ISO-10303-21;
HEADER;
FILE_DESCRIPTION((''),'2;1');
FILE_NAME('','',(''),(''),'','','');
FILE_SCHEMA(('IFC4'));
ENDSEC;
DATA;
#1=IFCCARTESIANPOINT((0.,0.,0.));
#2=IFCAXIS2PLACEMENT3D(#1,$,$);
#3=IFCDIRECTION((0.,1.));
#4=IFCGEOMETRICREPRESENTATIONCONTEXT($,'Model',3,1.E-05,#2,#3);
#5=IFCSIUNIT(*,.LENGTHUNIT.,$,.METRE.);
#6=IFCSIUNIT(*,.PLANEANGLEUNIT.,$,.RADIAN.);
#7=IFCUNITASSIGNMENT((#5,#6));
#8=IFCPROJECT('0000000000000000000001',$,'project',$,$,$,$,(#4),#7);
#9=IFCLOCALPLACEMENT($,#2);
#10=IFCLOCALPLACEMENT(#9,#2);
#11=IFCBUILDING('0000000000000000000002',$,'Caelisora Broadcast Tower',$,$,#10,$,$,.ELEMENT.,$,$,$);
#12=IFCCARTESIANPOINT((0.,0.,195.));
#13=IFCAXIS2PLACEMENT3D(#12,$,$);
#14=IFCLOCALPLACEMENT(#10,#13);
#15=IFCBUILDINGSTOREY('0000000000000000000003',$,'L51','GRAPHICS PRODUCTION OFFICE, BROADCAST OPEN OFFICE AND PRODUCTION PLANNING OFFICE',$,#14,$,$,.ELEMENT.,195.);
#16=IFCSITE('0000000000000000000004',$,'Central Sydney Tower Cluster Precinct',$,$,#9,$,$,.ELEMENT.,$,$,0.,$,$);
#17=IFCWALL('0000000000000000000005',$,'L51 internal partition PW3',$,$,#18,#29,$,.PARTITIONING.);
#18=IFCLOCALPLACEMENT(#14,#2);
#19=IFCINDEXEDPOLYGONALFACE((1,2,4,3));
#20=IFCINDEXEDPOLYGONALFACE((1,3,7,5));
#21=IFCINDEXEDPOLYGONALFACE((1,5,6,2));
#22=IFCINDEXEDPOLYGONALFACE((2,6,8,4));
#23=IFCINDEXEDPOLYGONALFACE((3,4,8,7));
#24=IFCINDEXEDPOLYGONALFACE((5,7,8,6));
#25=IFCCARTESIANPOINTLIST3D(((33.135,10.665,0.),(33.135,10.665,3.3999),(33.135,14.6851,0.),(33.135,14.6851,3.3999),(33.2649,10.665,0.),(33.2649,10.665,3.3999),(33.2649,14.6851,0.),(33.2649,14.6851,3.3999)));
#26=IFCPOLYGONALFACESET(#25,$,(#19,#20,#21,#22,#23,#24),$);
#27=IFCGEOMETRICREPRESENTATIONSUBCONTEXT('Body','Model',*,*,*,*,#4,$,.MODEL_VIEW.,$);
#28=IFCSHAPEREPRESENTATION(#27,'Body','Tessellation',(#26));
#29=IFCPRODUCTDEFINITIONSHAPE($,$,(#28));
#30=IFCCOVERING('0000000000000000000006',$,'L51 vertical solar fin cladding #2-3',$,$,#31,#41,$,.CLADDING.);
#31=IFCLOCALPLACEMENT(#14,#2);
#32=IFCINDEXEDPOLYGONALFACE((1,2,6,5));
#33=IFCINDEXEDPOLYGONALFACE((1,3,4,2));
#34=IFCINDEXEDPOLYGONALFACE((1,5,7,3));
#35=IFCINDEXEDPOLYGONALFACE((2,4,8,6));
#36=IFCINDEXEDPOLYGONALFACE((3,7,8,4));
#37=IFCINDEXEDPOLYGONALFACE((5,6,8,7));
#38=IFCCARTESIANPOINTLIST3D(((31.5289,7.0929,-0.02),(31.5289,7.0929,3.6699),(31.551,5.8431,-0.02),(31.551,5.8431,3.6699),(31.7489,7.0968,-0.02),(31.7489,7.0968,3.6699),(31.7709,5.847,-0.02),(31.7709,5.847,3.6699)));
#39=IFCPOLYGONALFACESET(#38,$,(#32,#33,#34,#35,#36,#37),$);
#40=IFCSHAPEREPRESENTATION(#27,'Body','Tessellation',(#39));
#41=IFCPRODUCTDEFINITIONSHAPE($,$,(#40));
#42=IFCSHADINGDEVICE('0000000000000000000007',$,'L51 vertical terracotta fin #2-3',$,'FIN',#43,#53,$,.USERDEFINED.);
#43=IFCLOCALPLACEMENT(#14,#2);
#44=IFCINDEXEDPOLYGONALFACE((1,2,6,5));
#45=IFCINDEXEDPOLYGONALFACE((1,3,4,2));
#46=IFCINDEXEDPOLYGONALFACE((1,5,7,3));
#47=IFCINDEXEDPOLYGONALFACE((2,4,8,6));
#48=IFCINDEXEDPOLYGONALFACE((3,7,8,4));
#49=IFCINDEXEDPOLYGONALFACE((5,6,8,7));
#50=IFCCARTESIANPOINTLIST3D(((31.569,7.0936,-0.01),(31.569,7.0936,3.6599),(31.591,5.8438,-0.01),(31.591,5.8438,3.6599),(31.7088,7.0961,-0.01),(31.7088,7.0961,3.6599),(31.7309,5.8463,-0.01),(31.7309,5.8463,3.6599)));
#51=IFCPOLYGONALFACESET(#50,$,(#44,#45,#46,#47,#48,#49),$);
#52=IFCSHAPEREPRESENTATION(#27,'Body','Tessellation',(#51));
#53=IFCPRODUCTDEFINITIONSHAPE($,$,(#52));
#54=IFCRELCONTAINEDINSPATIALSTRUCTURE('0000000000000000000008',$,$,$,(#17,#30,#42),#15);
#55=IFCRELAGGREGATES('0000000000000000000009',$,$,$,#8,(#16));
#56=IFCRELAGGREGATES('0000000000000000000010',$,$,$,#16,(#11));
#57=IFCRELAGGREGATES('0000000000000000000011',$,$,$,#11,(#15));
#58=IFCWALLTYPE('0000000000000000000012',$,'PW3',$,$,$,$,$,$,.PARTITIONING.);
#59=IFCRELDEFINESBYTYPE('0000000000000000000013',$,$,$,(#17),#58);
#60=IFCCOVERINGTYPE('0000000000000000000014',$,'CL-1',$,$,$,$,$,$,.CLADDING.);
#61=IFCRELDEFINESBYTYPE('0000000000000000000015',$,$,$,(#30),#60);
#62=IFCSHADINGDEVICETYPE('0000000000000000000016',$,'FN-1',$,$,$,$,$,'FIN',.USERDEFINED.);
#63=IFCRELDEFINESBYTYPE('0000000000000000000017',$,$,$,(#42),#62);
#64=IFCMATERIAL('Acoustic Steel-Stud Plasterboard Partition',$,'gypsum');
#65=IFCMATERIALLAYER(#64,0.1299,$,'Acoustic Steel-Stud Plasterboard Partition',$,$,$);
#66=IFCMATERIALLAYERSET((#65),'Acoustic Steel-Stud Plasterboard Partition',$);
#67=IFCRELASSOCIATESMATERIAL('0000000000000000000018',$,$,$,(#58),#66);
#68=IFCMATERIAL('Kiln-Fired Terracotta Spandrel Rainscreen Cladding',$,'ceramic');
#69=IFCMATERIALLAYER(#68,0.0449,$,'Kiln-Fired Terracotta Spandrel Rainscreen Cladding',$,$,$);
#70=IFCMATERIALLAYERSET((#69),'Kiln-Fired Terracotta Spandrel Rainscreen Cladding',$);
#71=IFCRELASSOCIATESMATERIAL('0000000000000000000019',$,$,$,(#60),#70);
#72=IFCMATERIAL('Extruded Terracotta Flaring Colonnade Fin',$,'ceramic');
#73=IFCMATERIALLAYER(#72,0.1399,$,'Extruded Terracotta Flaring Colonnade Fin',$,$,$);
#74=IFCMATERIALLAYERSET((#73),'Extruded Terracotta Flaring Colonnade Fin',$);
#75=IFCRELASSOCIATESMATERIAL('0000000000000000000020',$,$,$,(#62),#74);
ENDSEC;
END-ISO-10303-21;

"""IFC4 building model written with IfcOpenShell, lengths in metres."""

from ifc_helpers import new_model, si_unit, direction, frame, frame_2d, origin, origin_2d, place, context, subcontext, project, spatial, rectangle, extrude, source, transform, mapped, material, layer, layer_set, type_object, type_shapes, element, save


model = new_model("IFC4")

# Units and contexts
model_context = context("Model", 3, precision=1e-05, world=origin(), true_north=direction((0.0, 1.0)))
body_context = subcontext(model_context, "Body", "Model", "MODEL_VIEW")
ifc_project = project(units=[si_unit("LENGTHUNIT", "METRE"), si_unit("PLANEANGLEUNIT", "RADIAN")], contexts=[model_context])

# Site, building, storey
site_placement = place(None, origin())
site = spatial("IfcSite", under=ifc_project, at=site_placement, Name="Central Sydney Tower Cluster Precinct", CompositionType="ELEMENT", RefElevation=0.0)
building_placement = place(site_placement, origin())
building = spatial("IfcBuilding", under=site, at=building_placement, Name="Caelisora Broadcast Tower", CompositionType="ELEMENT")
storey_placement = place(building_placement, frame((0.0, 0.0, 195.0)))
storey = spatial("IfcBuildingStorey", under=building, at=storey_placement, Name="L51", Description="GRAPHICS PRODUCTION OFFICE, BROADCAST OPEN OFFICE AND PRODUCTION PLANNING OFFICE", CompositionType="ELEMENT", Elevation=195.0)

# Shared definitions
ifc_material_1 = material(Name="Acoustic Steel-Stud Plasterboard Partition", Category="gypsum")
ifc_layer_1 = layer(ifc_material_1, 0.1299, Name="Acoustic Steel-Stud Plasterboard Partition")
ifc_layer_set_1 = layer_set([ifc_layer_1], Name="Acoustic Steel-Stud Plasterboard Partition")
wall_type = type_object("IfcWallType", Name="PW3", PredefinedType="PARTITIONING", material=ifc_layer_set_1)

# Wall
wall_1_placement = place(storey_placement, frame((33.2, 10.665, 0.0), z_axis=(0.0, 0.0, 1.0), x_axis=(0.0, 1.0, 0.0)))
element("IfcWall", 1, at=wall_1_placement, inside=storey, type_object=wall_type, Name="L51 internal partition PW3", PredefinedType="PARTITIONING", context=body_context, shape_type="SweptSolid", body=[
    extrude(rectangle(XDim=4.02, YDim=0.1299, at=frame_2d((2.01, 0.0))), origin(), (0.0, 0.0, 1.0), 3.3999),
])

# Covering
ifc_material_2 = material(Name="Kiln-Fired Terracotta Spandrel Rainscreen Cladding", Category="ceramic")
ifc_layer_2 = layer(ifc_material_2, 0.0449, Name="Kiln-Fired Terracotta Spandrel Rainscreen Cladding")
ifc_layer_set_2 = layer_set([ifc_layer_2], Name="Kiln-Fired Terracotta Spandrel Rainscreen Cladding")
covering_type = type_object("IfcCoveringType", Name="CL-1", PredefinedType="CLADDING", material=ifc_layer_set_2)
shared_shape_1 = source(origin(), body_context, "Body", "SweptSolid", [
    extrude(rectangle(XDim=0.22, YDim=1.25, at=origin_2d()), origin(), (0.0, 0.0, 1.0), 3.6899),
])
type_shapes(covering_type, [shared_shape_1])
covering_placement = place(storey_placement, frame((31.6499, 6.47, -0.02), z_axis=(0.0, 0.0, 1.0), x_axis=(-0.999845, -0.017627, 0.0)))
element("IfcCovering", 2, at=covering_placement, inside=storey, type_object=covering_type, Name="L51 vertical solar fin cladding #2-3", PredefinedType="CLADDING", context=body_context, shape_type="MappedRepresentation", body=[
    mapped(shared_shape_1, transform((0.0, 0.0, 0.0), scale=1.0)),
])

# Shading device
ifc_material_3 = material(Name="Extruded Terracotta Flaring Colonnade Fin", Category="ceramic")
ifc_layer_3 = layer(ifc_material_3, 0.1399, Name="Extruded Terracotta Flaring Colonnade Fin")
ifc_layer_set_3 = layer_set([ifc_layer_3], Name="Extruded Terracotta Flaring Colonnade Fin")
shading_device_type = type_object("IfcShadingDeviceType", Name="FN-1", ElementType="FIN", PredefinedType="USERDEFINED", material=ifc_layer_set_3)
shared_shape_2 = source(origin(), body_context, "Body", "SweptSolid", [
    extrude(rectangle(XDim=0.1399, YDim=1.25, at=origin_2d()), origin(), (0.0, 0.0, 1.0), 3.6699),
])
type_shapes(shading_device_type, [shared_shape_2])
shading_device_placement = place(storey_placement, frame((31.6499, 6.47, -0.01), z_axis=(0.0, 0.0, 1.0), x_axis=(-0.999845, -0.017627, 0.0)))
element("IfcShadingDevice", 3, at=shading_device_placement, inside=storey, type_object=shading_device_type, Name="L51 vertical terracotta fin #2-3", ObjectType="FIN", PredefinedType="USERDEFINED", context=body_context, shape_type="MappedRepresentation", body=[
    mapped(shared_shape_2, transform((0.0, 0.0, 0.0), scale=1.0)),
])

save(model, "model.ifc")
